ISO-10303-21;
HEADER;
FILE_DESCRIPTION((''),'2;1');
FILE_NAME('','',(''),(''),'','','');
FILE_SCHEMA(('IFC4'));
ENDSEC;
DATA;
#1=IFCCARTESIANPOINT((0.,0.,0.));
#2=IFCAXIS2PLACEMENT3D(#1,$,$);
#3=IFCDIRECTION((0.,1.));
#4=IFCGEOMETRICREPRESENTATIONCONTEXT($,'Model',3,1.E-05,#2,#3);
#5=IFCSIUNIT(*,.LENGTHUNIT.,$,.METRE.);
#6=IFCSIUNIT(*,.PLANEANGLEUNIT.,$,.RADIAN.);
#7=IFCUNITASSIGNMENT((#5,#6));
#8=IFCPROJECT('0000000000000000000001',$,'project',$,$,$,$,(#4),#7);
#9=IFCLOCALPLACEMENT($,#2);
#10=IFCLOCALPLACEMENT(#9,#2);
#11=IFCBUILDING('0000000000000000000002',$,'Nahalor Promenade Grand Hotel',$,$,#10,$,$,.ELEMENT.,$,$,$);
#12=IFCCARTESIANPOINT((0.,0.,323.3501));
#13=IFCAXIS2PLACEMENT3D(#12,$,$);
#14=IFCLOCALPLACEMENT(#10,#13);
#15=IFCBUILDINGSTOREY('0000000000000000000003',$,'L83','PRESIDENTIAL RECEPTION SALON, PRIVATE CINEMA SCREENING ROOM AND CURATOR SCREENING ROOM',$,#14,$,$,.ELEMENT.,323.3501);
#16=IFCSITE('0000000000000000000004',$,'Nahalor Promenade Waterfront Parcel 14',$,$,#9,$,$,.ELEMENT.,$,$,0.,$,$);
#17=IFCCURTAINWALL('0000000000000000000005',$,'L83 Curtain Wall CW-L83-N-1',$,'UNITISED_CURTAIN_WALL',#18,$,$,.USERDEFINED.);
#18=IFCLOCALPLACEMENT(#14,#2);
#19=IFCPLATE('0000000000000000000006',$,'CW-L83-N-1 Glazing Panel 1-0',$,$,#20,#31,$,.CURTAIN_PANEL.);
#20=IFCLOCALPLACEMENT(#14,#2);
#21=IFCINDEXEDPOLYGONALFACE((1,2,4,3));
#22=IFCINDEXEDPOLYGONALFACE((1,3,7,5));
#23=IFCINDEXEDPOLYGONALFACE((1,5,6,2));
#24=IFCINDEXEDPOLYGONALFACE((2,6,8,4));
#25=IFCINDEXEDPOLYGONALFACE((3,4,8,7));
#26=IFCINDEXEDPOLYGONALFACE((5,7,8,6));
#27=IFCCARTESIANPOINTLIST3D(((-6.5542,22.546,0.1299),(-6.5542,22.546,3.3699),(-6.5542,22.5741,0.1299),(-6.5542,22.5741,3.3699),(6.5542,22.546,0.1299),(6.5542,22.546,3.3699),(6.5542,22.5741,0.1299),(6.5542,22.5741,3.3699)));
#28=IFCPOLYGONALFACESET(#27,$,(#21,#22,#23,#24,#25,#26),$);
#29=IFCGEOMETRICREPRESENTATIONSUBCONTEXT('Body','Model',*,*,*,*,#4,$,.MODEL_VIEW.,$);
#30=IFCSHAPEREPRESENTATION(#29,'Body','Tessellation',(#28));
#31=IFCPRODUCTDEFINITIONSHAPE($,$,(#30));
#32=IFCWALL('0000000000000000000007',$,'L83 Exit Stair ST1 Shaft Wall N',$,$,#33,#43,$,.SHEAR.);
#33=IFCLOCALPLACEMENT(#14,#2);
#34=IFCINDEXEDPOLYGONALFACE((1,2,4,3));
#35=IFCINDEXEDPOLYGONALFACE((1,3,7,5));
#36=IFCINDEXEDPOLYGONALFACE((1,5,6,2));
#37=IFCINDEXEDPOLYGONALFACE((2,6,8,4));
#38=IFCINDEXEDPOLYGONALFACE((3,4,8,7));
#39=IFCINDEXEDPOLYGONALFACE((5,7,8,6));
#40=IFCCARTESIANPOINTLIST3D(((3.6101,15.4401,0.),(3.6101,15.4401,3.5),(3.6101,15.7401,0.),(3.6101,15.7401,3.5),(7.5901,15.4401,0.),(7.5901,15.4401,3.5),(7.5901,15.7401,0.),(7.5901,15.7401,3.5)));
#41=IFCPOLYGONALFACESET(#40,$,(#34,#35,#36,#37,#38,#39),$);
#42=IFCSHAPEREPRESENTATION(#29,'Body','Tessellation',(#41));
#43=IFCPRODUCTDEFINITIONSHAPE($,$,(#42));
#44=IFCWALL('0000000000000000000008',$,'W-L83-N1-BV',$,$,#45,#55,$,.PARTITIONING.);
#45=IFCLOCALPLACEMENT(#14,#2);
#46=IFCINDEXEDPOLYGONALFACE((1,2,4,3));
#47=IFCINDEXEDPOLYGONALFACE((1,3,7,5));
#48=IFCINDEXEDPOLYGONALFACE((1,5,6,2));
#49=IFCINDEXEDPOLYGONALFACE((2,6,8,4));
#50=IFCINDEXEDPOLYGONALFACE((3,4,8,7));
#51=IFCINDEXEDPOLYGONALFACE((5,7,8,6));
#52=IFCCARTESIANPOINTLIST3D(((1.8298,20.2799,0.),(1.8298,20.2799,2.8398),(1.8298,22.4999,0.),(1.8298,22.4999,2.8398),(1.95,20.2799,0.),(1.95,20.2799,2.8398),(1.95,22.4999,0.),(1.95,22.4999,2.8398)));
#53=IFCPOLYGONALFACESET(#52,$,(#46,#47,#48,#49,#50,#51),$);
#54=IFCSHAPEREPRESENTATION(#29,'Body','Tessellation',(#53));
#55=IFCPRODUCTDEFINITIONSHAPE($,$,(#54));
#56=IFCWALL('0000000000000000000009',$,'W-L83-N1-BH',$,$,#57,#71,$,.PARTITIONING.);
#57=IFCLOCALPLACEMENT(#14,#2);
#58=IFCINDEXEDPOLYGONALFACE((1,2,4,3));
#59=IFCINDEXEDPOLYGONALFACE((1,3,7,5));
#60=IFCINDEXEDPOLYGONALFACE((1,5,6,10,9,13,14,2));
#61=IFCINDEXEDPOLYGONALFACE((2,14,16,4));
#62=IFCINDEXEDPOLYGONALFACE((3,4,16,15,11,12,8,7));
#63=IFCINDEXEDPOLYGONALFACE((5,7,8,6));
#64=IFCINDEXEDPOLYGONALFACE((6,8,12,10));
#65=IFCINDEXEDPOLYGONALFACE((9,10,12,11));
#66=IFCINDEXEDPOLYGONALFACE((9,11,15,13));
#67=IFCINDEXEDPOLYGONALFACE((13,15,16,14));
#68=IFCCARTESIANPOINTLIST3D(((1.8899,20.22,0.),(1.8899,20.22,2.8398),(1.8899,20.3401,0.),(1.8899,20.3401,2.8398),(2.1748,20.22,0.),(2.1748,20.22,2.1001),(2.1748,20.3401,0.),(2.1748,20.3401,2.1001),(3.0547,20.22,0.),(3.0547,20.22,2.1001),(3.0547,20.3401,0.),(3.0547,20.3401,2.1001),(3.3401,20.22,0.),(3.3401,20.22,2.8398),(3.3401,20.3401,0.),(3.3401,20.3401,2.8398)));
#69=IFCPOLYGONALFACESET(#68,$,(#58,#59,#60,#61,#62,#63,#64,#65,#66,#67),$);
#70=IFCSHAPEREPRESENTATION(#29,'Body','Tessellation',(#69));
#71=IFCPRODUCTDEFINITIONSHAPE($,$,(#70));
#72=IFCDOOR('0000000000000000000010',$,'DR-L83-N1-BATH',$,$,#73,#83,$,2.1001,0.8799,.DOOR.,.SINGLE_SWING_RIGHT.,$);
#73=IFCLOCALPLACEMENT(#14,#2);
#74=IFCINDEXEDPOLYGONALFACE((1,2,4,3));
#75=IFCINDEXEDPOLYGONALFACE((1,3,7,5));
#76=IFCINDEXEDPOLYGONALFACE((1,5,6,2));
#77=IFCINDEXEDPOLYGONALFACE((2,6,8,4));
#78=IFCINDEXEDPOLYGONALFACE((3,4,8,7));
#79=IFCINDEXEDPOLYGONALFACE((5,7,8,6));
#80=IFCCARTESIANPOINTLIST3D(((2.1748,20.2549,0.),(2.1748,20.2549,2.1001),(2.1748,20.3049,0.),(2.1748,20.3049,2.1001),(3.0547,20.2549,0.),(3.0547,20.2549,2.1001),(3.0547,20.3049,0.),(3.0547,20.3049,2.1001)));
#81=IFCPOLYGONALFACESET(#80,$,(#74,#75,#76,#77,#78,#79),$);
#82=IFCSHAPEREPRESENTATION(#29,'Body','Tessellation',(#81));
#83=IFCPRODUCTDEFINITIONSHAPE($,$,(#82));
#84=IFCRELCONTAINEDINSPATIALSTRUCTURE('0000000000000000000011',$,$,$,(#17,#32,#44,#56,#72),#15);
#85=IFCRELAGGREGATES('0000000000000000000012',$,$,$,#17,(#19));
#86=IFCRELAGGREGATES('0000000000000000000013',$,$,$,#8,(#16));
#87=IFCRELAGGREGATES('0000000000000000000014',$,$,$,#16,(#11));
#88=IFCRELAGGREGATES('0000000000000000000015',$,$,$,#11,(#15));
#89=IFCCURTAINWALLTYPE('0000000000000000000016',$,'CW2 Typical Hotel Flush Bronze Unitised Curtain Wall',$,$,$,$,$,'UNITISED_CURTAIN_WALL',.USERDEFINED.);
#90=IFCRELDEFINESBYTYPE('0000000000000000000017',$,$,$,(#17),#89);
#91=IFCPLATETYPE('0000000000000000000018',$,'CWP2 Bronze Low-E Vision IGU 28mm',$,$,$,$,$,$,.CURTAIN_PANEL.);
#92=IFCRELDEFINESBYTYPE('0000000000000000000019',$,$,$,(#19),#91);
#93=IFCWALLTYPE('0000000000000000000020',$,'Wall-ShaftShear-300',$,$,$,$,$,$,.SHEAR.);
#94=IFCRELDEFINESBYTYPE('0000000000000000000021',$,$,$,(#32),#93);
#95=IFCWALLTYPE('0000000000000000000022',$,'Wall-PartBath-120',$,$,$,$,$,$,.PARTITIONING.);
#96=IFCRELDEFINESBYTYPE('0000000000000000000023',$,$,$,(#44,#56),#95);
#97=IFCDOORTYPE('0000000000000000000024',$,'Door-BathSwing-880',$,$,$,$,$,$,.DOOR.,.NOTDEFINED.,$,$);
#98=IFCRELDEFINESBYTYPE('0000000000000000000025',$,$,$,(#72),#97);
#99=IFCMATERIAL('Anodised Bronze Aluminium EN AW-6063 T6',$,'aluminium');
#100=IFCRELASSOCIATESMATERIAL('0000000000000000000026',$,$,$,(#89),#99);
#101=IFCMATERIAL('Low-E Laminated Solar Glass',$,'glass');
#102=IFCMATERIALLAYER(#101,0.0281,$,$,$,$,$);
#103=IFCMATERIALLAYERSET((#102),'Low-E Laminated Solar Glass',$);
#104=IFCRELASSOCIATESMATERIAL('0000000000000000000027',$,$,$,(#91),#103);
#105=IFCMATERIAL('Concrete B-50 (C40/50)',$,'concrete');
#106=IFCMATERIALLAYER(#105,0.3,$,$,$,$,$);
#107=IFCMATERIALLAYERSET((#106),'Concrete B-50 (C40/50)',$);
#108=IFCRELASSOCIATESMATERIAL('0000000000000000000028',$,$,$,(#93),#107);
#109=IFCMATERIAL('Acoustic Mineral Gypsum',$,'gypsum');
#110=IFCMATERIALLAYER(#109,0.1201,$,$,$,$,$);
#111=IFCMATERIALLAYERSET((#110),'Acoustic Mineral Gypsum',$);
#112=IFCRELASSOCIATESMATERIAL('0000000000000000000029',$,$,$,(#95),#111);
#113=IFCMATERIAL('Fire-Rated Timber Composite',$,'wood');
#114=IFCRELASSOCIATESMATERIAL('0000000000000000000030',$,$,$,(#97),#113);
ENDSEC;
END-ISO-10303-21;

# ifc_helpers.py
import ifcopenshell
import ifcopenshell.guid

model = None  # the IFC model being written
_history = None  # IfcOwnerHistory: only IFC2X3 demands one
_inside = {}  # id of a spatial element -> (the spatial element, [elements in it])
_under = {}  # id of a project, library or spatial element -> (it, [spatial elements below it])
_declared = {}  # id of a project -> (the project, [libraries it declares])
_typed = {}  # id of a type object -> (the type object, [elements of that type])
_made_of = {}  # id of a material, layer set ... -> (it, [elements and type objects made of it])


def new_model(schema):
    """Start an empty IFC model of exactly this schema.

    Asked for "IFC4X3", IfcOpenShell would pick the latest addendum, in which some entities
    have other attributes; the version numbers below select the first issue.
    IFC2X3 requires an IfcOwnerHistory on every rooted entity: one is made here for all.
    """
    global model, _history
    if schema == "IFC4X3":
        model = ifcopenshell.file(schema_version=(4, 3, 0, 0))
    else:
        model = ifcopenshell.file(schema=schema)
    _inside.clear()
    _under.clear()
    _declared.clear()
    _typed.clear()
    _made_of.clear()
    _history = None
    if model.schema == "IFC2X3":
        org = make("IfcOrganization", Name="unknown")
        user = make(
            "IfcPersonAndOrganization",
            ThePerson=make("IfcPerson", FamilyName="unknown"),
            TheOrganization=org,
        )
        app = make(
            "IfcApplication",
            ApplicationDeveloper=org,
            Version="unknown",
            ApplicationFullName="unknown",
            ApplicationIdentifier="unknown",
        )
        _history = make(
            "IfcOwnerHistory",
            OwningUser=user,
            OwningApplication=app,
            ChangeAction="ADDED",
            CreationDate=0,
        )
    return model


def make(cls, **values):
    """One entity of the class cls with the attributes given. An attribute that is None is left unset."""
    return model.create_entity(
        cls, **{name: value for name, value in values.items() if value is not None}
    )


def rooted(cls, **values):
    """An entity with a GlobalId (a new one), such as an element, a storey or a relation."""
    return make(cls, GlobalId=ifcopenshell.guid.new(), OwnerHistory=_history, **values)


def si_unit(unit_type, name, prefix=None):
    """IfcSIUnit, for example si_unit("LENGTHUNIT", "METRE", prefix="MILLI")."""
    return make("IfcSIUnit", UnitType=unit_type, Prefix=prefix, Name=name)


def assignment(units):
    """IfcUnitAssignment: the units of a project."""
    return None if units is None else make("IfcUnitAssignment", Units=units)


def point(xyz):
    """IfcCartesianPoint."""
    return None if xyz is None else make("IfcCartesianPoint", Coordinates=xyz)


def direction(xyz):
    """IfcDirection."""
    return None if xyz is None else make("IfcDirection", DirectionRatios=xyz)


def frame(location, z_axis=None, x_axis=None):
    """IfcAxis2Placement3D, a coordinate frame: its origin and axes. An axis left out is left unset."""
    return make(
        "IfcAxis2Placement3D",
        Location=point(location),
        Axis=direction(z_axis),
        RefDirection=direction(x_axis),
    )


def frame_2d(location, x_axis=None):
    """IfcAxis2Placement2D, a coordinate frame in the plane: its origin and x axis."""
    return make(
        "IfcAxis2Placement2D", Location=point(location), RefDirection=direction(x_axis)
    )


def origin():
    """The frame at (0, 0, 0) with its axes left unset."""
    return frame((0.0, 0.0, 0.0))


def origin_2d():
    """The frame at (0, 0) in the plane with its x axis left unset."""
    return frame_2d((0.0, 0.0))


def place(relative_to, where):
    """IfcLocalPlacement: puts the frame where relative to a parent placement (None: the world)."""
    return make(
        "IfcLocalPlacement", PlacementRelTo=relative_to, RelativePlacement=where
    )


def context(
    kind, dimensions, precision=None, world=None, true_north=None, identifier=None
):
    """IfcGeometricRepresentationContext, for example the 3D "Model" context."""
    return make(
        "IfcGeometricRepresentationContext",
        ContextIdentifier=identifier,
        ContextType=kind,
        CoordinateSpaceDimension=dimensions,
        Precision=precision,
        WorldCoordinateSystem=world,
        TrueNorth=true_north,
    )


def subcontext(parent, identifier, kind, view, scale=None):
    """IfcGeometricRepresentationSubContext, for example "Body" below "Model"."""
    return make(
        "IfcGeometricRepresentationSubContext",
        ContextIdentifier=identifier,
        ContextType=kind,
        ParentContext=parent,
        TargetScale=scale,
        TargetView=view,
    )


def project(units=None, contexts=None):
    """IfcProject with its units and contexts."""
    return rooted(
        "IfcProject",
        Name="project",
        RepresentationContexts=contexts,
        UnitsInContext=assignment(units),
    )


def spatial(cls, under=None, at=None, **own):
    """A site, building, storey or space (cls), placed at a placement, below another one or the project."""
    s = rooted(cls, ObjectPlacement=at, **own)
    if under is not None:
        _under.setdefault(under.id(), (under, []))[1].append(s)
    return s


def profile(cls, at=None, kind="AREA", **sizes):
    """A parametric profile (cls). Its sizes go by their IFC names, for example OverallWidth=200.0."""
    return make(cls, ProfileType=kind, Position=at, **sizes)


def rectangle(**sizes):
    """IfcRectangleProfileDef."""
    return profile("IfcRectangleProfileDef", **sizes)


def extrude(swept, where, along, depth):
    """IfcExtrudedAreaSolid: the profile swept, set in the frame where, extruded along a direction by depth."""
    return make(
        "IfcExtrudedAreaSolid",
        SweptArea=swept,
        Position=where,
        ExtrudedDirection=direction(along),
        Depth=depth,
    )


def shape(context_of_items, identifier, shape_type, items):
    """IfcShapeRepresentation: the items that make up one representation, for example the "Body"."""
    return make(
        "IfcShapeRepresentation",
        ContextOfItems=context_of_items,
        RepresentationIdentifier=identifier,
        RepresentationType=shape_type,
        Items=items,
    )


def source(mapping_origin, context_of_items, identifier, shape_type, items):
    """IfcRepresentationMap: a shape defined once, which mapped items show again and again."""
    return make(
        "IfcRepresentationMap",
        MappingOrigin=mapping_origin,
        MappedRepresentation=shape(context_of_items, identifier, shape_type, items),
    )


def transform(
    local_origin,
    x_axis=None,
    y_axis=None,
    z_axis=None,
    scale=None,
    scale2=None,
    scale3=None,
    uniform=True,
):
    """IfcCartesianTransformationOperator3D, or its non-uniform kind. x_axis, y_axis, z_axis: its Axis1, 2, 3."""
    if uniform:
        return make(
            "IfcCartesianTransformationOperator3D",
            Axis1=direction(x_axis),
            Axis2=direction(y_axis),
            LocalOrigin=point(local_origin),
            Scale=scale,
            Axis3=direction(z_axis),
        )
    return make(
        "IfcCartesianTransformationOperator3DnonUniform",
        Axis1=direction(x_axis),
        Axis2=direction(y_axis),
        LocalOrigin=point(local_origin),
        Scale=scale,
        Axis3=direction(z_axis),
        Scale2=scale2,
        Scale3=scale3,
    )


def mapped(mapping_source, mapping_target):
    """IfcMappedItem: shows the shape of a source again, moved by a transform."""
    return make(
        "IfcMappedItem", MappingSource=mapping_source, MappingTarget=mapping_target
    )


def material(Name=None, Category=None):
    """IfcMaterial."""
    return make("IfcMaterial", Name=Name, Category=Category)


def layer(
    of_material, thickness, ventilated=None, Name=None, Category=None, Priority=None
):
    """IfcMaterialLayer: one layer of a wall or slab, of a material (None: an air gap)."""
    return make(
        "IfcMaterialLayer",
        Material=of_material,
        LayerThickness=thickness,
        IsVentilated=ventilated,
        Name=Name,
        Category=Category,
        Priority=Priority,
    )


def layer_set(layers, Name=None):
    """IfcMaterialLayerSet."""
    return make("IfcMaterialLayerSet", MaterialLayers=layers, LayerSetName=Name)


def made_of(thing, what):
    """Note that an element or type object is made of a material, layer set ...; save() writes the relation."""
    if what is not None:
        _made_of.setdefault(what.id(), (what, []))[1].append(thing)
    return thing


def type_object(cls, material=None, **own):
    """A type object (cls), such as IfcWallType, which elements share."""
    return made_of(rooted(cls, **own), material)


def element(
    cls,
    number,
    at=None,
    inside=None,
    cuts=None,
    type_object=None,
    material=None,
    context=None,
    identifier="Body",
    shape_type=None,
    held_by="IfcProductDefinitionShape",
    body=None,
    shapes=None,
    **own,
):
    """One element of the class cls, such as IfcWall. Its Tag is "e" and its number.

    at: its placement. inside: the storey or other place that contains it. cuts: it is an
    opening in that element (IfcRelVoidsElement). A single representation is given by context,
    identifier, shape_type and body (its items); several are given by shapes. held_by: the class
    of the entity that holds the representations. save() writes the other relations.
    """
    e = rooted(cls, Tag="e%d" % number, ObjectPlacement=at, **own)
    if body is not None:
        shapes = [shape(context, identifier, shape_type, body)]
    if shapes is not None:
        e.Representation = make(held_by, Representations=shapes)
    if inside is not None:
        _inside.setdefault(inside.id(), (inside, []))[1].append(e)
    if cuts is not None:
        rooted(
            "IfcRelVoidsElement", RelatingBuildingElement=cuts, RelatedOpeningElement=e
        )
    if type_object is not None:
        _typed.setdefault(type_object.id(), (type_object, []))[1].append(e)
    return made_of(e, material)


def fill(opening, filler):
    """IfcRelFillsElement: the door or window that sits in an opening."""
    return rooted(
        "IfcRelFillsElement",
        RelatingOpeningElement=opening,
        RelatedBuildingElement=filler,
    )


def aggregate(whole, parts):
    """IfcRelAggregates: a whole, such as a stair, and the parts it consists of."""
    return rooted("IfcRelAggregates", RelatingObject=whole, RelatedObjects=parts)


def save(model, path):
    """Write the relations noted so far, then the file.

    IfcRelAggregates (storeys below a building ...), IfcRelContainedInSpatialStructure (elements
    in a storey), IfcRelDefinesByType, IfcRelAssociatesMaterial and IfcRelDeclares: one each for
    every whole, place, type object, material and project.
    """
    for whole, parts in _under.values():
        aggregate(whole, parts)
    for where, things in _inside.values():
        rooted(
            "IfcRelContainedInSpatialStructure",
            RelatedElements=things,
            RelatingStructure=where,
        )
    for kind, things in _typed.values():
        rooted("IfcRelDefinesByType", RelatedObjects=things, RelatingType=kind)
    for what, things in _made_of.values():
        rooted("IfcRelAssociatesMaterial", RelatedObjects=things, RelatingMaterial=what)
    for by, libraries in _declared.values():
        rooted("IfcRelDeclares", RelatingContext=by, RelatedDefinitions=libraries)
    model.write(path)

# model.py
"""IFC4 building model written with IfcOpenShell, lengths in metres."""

from ifc_helpers import new_model, si_unit, direction, frame, frame_2d, origin, origin_2d, place, context, subcontext, project, spatial, rectangle, extrude, source, transform, mapped, material, layer, layer_set, type_object, element, fill, aggregate, save


model = new_model("IFC4")

# Units and contexts
model_context = context("Model", 3, precision=1e-05, world=origin(), true_north=direction((0.0, 1.0)))
body_context = subcontext(model_context, "Body", "Model", "MODEL_VIEW")
ifc_project = project(units=[si_unit("LENGTHUNIT", "METRE"), si_unit("PLANEANGLEUNIT", "RADIAN")], contexts=[model_context])

# Site, building, storey
site_placement = place(None, origin())
site = spatial("IfcSite", under=ifc_project, at=site_placement, Name="Nahalor Promenade Waterfront Parcel 14", CompositionType="ELEMENT", RefElevation=0.0)
building_placement = place(site_placement, origin())
building = spatial("IfcBuilding", under=site, at=building_placement, Name="Nahalor Promenade Grand Hotel", CompositionType="ELEMENT")
storey_placement = place(building_placement, frame((0.0, 0.0, 323.3501)))
storey = spatial("IfcBuildingStorey", under=building, at=storey_placement, Name="L83", Description="PRESIDENTIAL RECEPTION SALON, PRIVATE CINEMA SCREENING ROOM AND CURATOR SCREENING ROOM", CompositionType="ELEMENT", Elevation=323.3501)

# Shared definitions
ifc_material_1 = material(Name="Concrete B-50 (C40/50)", Category="concrete")

# Curtain wall, plate
ifc_material_2 = material(Name="Anodised Bronze Aluminium EN AW-6063 T6", Category="aluminium")
curtain_wall_type = type_object("IfcCurtainWallType", Name="CW2 Typical Hotel Flush Bronze Unitised Curtain Wall", ElementType="UNITISED_CURTAIN_WALL", PredefinedType="USERDEFINED", material=ifc_material_2)
curtain_wall_placement = place(storey_placement, origin())
curtain_wall = element("IfcCurtainWall", 1, at=curtain_wall_placement, inside=storey, type_object=curtain_wall_type, Name="L83 Curtain Wall CW-L83-N-1", ObjectType="UNITISED_CURTAIN_WALL", PredefinedType="USERDEFINED")
ifc_material_3 = material(Name="Low-E Laminated Solar Glass", Category="glass")
ifc_layer_1 = layer(ifc_material_3, 0.0281)
ifc_layer_set_1 = layer_set([ifc_layer_1], Name="Low-E Laminated Solar Glass")
plate_type = type_object("IfcPlateType", Name="CWP2 Bronze Low-E Vision IGU 28mm", PredefinedType="CURTAIN_PANEL", material=ifc_layer_set_1)
shared_shape_1 = source(origin(), body_context, "Body", "SweptSolid", [
    extrude(rectangle(XDim=13.1084, YDim=0.0281, at=origin_2d()), origin(), (0.0, 0.0, 1.0), 3.24),
])
plate_1_placement = place(storey_placement, frame((0.0, 22.5601, 0.1299), z_axis=(0.0, 0.0, 1.0), x_axis=(1.0, 0.0, 0.0)))
plate_1 = element("IfcPlate", 2, at=plate_1_placement, type_object=plate_type, Name="CW-L83-N-1 Glazing Panel 1-0", PredefinedType="CURTAIN_PANEL", context=body_context, shape_type="MappedRepresentation", body=[
    mapped(shared_shape_1, transform((0.0, 0.0, 0.0), scale=1.0)),
])
aggregate(curtain_wall, [plate_1])

# Walls
ifc_layer_2 = layer(ifc_material_1, 0.3)
ifc_layer_set_2 = layer_set([ifc_layer_2], Name="Concrete B-50 (C40/50)")
wall_type_1 = type_object("IfcWallType", Name="Wall-ShaftShear-300", PredefinedType="SHEAR", material=ifc_layer_set_2)
shared_shape_2 = source(origin(), body_context, "Body", "SweptSolid", [
    extrude(rectangle(XDim=3.98, YDim=0.3, at=frame_2d((1.99, 0.0))), origin(), (0.0, 0.0, 1.0), 3.5),
])
wall_1_placement = place(storey_placement, frame((3.6101, 15.5901, 0.0), z_axis=(0.0, 0.0, 1.0), x_axis=(1.0, 0.0, 0.0)))
element("IfcWall", 3, at=wall_1_placement, inside=storey, type_object=wall_type_1, Name="L83 Exit Stair ST1 Shaft Wall N", PredefinedType="SHEAR", context=body_context, shape_type="MappedRepresentation", body=[
    mapped(shared_shape_2, transform((0.0, 0.0, 0.0), scale=1.0)),
])
ifc_material_4 = material(Name="Acoustic Mineral Gypsum", Category="gypsum")
ifc_layer_3 = layer(ifc_material_4, 0.1201)
ifc_layer_set_3 = layer_set([ifc_layer_3], Name="Acoustic Mineral Gypsum")
wall_type_2 = type_object("IfcWallType", Name="Wall-PartBath-120", PredefinedType="PARTITIONING", material=ifc_layer_set_3)
shared_shape_3 = source(origin(), body_context, "Body", "SweptSolid", [
    extrude(rectangle(XDim=2.22, YDim=0.1201, at=frame_2d((1.1099, 0.0))), origin(), (0.0, 0.0, 1.0), 2.8398),
])
wall_2_placement = place(storey_placement, frame((1.8899, 20.28, 0.0), z_axis=(0.0, 0.0, 1.0), x_axis=(0.0, 1.0, 0.0)))
element("IfcWall", 4, at=wall_2_placement, inside=storey, type_object=wall_type_2, Name="W-L83-N1-BV", PredefinedType="PARTITIONING", context=body_context, shape_type="MappedRepresentation", body=[
    mapped(shared_shape_3, transform((0.0, 0.0, 0.0), scale=1.0)),
])

# Wall, opening, door
shared_shape_4 = source(origin(), body_context, "Body", "SweptSolid", [
    extrude(rectangle(XDim=1.4502, YDim=0.1201, at=frame_2d((0.7251, 0.0))), origin(), (0.0, 0.0, 1.0), 2.8398),
])
wall_3_placement = place(storey_placement, frame((1.8899, 20.28, 0.0), z_axis=(0.0, 0.0, 1.0), x_axis=(1.0, 0.0, 0.0)))
wall_3 = element("IfcWall", 5, at=wall_3_placement, inside=storey, type_object=wall_type_2, Name="W-L83-N1-BH", PredefinedType="PARTITIONING", context=body_context, shape_type="MappedRepresentation", body=[
    mapped(shared_shape_4, transform((0.0, 0.0, 0.0), scale=1.0)),
])
opening_placement = place(wall_3_placement, frame((0.2849, 0.0, 0.0)))
opening = element("IfcOpeningElement", 6, at=opening_placement, cuts=wall_3, PredefinedType="OPENING", context=body_context, shape_type="SweptSolid", body=[
    extrude(rectangle(XDim=0.8799, YDim=2.1001, at=frame_2d((0.4399, 1.05))), frame((0.0, 0.0701, 0.0), z_axis=(0.0, -1.0, 0.0), x_axis=(1.0, 0.0, 0.0)), (0.0, 0.0, 1.0), 0.1401),
])
ifc_material_5 = material(Name="Fire-Rated Timber Composite", Category="wood")
door_type = type_object("IfcDoorType", Name="Door-BathSwing-880", OperationType="NOTDEFINED", PredefinedType="DOOR", material=ifc_material_5)
shared_shape_5 = source(origin(), body_context, "Body", "SweptSolid", [
    extrude(rectangle(XDim=0.8799, YDim=2.1001, at=frame_2d((0.4399, 1.05))), frame((0.0, 0.0249, 0.0), z_axis=(0.0, -1.0, 0.0), x_axis=(1.0, 0.0, 0.0)), (0.0, 0.0, 1.0), 0.05),
])
door_placement = place(opening_placement, origin())
door = element("IfcDoor", 7, at=door_placement, inside=storey, type_object=door_type, Name="DR-L83-N1-BATH", OperationType="SINGLE_SWING_RIGHT", OverallHeight=2.1001, OverallWidth=0.8799, PredefinedType="DOOR", context=body_context, shape_type="MappedRepresentation", body=[
    mapped(shared_shape_5, transform((0.0, 0.0, 0.0), scale=1.0)),
])
fill(opening, door)

save(model, "model.ifc")
